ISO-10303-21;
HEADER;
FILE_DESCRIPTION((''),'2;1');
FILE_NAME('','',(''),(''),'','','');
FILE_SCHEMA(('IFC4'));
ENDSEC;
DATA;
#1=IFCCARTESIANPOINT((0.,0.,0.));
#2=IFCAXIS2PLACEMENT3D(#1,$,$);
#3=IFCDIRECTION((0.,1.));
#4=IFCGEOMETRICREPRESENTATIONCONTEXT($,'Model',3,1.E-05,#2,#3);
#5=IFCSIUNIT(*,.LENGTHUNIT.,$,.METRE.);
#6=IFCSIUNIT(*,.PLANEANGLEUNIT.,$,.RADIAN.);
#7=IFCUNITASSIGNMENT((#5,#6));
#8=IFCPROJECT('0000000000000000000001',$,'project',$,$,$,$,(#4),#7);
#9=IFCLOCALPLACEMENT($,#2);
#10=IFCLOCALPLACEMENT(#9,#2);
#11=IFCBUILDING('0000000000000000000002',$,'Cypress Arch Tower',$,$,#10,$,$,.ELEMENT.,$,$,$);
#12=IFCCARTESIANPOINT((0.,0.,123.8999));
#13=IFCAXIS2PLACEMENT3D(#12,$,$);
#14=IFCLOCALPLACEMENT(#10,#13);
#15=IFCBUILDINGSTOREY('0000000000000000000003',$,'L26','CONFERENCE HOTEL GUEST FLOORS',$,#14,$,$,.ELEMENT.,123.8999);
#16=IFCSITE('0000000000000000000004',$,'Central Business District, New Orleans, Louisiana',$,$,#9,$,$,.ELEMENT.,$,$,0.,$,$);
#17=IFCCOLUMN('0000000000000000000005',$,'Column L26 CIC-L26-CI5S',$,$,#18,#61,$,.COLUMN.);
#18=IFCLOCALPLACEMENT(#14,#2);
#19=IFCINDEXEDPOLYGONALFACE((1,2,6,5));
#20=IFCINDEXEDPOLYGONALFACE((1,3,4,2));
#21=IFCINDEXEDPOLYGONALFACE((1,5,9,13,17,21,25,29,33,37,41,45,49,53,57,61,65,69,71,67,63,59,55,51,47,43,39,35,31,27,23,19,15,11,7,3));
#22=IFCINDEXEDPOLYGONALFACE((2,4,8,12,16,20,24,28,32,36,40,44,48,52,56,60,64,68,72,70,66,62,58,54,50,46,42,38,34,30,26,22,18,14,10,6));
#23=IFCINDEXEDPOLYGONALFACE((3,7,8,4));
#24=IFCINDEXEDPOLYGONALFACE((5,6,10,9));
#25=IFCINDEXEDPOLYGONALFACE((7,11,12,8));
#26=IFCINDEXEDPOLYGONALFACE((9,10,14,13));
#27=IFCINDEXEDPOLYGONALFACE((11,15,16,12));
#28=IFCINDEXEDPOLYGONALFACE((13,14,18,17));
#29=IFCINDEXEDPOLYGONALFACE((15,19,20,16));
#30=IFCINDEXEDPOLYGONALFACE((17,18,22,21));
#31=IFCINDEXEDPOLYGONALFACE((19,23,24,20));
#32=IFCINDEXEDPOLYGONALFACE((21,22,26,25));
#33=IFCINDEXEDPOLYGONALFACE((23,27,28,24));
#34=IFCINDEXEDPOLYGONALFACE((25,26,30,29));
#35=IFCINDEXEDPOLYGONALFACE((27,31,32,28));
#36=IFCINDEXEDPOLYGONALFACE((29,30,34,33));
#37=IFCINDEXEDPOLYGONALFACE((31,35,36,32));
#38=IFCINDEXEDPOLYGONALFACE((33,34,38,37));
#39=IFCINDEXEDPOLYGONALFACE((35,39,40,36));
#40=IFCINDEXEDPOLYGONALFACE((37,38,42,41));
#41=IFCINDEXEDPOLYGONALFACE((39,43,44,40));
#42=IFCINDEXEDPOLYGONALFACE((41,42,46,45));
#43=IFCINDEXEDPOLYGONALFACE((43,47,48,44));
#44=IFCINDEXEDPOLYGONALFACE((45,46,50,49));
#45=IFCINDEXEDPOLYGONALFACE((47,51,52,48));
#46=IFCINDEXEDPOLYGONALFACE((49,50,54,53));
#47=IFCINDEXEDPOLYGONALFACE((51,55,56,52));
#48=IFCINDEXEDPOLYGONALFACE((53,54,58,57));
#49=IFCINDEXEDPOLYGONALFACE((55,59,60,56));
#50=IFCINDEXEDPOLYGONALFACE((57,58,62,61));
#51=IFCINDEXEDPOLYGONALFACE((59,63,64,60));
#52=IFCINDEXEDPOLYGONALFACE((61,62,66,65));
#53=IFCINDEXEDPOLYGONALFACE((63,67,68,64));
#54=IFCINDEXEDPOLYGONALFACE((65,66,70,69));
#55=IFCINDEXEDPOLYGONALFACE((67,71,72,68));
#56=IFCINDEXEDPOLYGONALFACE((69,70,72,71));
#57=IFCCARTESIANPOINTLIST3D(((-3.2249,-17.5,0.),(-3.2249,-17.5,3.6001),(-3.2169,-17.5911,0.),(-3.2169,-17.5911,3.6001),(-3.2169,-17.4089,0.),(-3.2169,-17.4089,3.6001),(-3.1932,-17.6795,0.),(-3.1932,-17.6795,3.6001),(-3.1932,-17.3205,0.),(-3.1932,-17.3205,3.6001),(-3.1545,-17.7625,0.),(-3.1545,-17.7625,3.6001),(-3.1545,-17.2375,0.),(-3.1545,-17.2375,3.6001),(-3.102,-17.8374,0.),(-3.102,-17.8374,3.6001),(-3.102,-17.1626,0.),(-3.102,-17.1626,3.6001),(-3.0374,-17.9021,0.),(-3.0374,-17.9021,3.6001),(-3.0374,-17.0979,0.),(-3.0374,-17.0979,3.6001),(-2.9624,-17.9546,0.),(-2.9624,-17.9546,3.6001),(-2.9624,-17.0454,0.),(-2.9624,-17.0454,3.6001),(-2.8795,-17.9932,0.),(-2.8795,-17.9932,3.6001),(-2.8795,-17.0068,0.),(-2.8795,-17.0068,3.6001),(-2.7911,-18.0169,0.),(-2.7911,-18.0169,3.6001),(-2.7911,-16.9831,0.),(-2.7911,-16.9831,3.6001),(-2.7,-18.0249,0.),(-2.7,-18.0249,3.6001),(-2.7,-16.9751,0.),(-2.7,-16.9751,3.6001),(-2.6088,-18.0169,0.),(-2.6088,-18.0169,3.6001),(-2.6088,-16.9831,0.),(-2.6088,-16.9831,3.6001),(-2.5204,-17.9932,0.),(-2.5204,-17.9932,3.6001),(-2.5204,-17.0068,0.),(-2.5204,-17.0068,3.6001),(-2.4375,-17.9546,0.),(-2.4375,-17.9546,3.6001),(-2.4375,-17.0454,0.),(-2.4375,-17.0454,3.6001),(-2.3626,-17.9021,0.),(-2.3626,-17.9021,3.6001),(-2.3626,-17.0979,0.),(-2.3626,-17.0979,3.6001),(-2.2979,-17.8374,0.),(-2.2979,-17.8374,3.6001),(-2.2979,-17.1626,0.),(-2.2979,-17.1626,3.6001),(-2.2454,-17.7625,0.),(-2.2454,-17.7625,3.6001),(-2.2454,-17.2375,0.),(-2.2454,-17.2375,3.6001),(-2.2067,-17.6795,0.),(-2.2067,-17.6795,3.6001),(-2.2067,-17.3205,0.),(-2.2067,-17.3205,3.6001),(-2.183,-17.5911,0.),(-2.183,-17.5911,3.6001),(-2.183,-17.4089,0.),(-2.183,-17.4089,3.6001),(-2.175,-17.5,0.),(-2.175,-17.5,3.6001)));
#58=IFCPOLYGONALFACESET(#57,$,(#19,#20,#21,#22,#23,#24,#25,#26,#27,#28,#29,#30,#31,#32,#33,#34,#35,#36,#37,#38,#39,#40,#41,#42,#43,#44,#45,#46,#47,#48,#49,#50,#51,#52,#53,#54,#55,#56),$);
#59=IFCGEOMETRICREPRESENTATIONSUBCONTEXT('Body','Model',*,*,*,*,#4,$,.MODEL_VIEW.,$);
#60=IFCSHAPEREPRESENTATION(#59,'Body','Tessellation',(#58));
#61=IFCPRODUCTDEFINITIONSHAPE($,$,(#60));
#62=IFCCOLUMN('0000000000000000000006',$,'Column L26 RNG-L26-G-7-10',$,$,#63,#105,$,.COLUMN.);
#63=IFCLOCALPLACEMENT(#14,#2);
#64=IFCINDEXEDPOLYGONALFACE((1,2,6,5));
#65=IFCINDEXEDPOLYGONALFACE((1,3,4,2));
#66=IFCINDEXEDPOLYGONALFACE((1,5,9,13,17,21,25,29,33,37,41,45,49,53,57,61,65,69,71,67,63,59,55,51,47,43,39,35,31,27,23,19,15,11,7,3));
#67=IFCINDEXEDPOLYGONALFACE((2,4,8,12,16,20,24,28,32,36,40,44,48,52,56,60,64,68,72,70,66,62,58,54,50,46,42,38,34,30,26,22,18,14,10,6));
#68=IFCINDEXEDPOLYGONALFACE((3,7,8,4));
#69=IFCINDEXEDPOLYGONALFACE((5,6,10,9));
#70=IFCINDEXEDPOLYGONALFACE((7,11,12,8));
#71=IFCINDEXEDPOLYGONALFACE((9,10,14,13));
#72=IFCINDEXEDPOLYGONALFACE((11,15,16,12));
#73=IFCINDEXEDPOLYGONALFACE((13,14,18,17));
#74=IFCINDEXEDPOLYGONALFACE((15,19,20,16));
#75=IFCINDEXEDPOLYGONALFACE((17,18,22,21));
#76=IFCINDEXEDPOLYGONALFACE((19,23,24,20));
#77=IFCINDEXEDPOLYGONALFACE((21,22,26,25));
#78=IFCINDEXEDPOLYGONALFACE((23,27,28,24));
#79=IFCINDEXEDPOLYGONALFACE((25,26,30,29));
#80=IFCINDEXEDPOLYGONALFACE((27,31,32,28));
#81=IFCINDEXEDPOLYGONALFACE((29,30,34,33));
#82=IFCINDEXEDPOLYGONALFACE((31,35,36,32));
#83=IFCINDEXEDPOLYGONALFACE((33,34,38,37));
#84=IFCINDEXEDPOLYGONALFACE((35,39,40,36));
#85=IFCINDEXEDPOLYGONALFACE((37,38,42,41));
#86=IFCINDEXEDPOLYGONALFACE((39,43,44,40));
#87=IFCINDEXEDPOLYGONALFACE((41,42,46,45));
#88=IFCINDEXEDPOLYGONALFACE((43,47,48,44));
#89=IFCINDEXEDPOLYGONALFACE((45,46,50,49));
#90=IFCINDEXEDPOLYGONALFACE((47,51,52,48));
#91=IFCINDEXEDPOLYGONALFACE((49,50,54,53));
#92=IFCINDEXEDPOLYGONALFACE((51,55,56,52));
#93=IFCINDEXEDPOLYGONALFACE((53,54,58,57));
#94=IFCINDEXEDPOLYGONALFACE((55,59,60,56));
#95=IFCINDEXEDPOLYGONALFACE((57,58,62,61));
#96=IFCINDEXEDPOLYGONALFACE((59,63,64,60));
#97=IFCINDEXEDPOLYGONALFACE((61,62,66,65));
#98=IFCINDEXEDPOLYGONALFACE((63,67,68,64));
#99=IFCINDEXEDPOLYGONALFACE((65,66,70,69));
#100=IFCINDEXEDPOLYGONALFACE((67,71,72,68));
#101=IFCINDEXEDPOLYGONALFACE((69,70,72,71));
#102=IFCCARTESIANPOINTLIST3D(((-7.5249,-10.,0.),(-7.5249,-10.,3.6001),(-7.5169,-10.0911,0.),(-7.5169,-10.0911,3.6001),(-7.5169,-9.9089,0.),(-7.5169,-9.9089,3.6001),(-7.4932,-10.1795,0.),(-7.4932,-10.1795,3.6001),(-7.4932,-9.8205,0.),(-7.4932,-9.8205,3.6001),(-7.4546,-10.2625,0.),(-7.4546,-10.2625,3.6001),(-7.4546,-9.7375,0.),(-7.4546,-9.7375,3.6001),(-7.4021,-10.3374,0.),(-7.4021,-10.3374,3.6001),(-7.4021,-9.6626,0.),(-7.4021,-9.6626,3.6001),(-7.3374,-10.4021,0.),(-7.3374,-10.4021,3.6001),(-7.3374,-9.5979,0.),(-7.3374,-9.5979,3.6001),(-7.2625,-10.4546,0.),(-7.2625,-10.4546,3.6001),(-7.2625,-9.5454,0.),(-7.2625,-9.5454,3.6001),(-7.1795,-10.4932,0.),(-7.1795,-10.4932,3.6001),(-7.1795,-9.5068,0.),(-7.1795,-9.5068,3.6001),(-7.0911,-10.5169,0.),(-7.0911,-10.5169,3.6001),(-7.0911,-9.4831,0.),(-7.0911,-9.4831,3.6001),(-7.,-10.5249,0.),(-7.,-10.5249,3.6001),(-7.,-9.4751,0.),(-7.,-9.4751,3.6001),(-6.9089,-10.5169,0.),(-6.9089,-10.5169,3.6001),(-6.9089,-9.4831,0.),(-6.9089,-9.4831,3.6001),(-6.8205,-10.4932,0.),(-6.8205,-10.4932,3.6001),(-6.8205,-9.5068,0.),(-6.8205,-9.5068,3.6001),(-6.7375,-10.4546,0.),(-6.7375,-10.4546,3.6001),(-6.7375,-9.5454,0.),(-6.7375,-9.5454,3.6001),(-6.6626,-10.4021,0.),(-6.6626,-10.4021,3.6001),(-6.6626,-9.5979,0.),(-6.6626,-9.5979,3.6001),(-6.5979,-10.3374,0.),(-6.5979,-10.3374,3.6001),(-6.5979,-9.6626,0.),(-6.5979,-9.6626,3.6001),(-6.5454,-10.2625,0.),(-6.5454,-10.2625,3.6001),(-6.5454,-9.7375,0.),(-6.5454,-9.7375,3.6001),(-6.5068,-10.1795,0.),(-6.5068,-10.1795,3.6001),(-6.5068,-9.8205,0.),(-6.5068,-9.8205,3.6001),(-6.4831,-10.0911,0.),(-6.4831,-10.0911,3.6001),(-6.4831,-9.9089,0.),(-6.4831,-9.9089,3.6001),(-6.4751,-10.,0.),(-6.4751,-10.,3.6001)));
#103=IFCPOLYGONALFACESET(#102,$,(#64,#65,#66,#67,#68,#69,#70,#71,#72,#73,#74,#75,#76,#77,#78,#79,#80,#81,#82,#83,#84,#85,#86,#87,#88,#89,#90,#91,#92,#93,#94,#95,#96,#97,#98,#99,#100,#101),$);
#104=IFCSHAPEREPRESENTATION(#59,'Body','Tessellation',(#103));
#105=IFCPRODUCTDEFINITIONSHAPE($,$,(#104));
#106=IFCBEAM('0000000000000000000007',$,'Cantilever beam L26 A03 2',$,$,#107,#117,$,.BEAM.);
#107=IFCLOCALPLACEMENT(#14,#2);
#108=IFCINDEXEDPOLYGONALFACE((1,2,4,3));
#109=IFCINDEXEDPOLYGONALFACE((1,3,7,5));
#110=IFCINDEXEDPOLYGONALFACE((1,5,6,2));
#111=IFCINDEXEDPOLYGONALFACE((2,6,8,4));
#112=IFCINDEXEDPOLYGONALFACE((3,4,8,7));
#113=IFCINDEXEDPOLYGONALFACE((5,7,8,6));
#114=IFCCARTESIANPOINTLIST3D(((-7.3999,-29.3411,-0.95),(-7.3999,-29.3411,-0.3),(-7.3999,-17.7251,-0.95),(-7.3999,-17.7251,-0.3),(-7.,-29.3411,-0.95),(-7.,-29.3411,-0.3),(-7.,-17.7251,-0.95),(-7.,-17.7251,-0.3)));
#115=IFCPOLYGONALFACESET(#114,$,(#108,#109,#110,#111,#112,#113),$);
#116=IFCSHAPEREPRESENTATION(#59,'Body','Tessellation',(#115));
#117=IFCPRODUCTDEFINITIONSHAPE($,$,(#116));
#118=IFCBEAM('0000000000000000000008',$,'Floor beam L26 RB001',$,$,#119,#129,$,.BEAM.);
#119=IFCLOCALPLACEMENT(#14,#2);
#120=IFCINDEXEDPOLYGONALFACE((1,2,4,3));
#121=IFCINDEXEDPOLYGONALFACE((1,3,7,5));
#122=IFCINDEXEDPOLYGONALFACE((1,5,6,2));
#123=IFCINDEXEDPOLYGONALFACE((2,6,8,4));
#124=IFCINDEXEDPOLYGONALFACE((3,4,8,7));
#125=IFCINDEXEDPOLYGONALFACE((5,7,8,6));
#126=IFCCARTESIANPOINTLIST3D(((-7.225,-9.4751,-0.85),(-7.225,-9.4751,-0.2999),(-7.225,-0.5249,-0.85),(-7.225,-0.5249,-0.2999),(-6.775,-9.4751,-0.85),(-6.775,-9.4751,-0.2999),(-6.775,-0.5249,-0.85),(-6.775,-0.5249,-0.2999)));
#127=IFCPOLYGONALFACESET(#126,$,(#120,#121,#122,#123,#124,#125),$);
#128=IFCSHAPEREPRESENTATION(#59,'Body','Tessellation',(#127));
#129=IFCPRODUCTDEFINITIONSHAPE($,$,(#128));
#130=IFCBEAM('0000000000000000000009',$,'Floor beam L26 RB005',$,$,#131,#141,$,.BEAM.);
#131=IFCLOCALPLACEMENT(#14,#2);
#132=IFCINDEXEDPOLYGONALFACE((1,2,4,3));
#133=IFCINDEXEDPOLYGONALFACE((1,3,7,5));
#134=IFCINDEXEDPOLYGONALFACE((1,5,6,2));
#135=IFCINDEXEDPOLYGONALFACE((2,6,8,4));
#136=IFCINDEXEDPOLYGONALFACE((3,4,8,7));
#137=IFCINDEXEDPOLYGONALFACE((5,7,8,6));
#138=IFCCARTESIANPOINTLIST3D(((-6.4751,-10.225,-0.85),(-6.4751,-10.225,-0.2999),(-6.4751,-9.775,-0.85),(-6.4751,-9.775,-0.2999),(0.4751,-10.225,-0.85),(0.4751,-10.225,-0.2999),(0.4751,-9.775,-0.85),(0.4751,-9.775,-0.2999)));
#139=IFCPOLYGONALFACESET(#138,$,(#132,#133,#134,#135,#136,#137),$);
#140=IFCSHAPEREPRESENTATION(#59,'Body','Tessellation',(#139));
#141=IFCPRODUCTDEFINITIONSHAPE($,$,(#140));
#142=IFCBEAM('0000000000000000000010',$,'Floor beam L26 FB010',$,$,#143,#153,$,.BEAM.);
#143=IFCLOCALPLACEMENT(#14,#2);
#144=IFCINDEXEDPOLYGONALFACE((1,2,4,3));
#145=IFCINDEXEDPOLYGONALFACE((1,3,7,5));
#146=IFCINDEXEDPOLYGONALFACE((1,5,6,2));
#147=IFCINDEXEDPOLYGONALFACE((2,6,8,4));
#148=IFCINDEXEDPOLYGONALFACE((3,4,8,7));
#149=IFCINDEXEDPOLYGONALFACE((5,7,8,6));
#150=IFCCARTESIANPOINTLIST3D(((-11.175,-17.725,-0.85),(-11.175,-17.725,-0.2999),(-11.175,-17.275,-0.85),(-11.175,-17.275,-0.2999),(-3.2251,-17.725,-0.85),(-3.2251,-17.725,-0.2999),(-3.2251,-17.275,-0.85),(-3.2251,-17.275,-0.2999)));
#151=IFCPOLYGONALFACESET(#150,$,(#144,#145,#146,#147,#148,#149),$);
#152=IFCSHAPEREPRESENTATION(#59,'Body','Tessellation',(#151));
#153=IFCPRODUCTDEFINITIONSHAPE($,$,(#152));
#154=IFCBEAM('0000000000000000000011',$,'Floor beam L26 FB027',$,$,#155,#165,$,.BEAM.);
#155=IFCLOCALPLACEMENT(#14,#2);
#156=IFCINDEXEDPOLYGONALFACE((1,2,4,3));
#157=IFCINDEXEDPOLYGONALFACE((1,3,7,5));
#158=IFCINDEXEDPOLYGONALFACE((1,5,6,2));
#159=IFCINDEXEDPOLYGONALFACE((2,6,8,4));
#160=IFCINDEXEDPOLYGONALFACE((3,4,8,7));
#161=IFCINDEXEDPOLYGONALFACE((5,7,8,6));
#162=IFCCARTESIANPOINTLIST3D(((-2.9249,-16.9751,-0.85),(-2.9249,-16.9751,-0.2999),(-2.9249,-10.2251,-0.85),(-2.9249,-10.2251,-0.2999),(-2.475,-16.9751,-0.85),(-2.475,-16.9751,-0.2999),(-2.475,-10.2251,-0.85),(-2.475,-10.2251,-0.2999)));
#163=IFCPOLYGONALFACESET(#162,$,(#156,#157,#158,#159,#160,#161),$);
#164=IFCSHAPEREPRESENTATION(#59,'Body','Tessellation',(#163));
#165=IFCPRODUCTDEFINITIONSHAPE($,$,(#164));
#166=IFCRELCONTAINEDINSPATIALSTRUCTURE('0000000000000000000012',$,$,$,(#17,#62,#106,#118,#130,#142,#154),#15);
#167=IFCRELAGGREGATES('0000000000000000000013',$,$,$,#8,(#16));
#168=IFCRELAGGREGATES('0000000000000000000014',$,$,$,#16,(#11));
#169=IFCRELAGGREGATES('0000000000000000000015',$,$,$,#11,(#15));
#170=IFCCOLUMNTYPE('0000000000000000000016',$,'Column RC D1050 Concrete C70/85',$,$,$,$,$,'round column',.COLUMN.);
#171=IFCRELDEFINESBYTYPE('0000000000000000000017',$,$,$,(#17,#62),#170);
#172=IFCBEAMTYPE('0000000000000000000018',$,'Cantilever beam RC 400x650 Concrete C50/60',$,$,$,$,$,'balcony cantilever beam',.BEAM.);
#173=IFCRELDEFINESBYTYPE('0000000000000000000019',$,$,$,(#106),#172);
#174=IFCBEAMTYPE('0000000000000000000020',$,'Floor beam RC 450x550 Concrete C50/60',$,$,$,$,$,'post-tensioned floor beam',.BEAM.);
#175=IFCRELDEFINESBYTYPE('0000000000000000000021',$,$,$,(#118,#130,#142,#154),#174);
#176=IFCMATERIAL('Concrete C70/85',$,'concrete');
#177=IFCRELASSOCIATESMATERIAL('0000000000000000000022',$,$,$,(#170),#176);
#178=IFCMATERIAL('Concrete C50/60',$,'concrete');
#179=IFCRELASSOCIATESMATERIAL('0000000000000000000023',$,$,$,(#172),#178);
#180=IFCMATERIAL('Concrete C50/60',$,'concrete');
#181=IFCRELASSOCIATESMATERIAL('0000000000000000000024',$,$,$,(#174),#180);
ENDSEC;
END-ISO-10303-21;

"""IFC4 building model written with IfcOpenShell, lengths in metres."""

from ifc_helpers import new_model, si_unit, direction, frame, origin, origin_2d, place, context, subcontext, project, spatial, rectangle, circle, extrude, material, material_profile, profile_set, type_object, element, save


model = new_model("IFC4")

# Units and contexts
model_context = context("Model", 3, precision=1e-05, world=origin(), true_north=direction((0.0, 1.0)))
body_context = subcontext(model_context, "Body", "Model", "MODEL_VIEW")
ifc_project = project(units=[si_unit("LENGTHUNIT", "METRE"), si_unit("PLANEANGLEUNIT", "RADIAN")], contexts=[model_context])

# Site, building, storey
site_placement = place(None, origin())
site = spatial("IfcSite", under=ifc_project, at=site_placement, Name="Central Business District, New Orleans, Louisiana", CompositionType="ELEMENT", RefElevation=0.0)
building_placement = place(site_placement, origin())
building = spatial("IfcBuilding", under=site, at=building_placement, Name="Cypress Arch Tower", CompositionType="ELEMENT")
storey_placement = place(building_placement, frame((0.0, 0.0, 123.8999)))
storey = spatial("IfcBuildingStorey", under=building, at=storey_placement, Name="L26", Description="CONFERENCE HOTEL GUEST FLOORS", CompositionType="ELEMENT", Elevation=123.8999)

# Columns
ifc_material_1 = material(Name="Concrete C70/85", Category="concrete")
ifc_material_profile_1 = material_profile(ifc_material_1, circle(Radius=0.5249, at=origin_2d()), Name="RC D1050")
ifc_profile_set_1 = profile_set([ifc_material_profile_1], Name="Concrete C70/85")
column_type = type_object("IfcColumnType", Name="Column RC D1050 Concrete C70/85", ElementType="round column", PredefinedType="COLUMN", material=ifc_profile_set_1)
for number, where, z_axis, x_axis, name in (
    (1, (-2.7, -17.5, 0.0), (0.0, 0.0, 1.0), (1.0, 0.0, 0.0), "Column L26 CIC-L26-CI5S"),
    (2, (-7.0, -10.0, 0.0), (0.0, 0.0, 1.0), (1.0, 0.0, 0.0), "Column L26 RNG-L26-G-7-10"),
):
    element("IfcColumn", number, at=place(storey_placement, frame(where, z_axis=z_axis, x_axis=x_axis)), inside=storey, type_object=column_type, Name=name, PredefinedType="COLUMN", context=body_context, shape_type="SweptSolid", body=[
        extrude(circle(Radius=0.5249, at=origin_2d()), origin(), (0.0, 0.0, 1.0), 3.6001),
    ])

# Beams
ifc_material_2 = material(Name="Concrete C50/60", Category="concrete")
ifc_material_profile_2 = material_profile(ifc_material_2, rectangle(XDim=0.3999, YDim=0.6499, at=origin_2d()), Name="RC 400x650")
ifc_profile_set_2 = profile_set([ifc_material_profile_2], Name="Concrete C50/60")
beam_type_1 = type_object("IfcBeamType", Name="Cantilever beam RC 400x650 Concrete C50/60", ElementType="balcony cantilever beam", PredefinedType="BEAM", material=ifc_profile_set_2)
beam_1_placement = place(storey_placement, frame((-7.2, -17.7251, -0.625), z_axis=(0.0, -1.0, 0.0), x_axis=(1.0, 0.0, 0.0)))
element("IfcBeam", 3, at=beam_1_placement, inside=storey, type_object=beam_type_1, Name="Cantilever beam L26 A03 2", PredefinedType="BEAM", context=body_context, shape_type="SweptSolid", body=[
    extrude(rectangle(XDim=0.3999, YDim=0.6499, at=origin_2d()), origin(), (0.0, 0.0, 1.0), 11.616),
])
ifc_material_3 = material(Name="Concrete C50/60", Category="concrete")
ifc_material_profile_3 = material_profile(ifc_material_3, rectangle(XDim=0.45, YDim=0.55, at=origin_2d()), Name="RC 450x550")
ifc_profile_set_3 = profile_set([ifc_material_profile_3], Name="Concrete C50/60")
beam_type_2 = type_object("IfcBeamType", Name="Floor beam RC 450x550 Concrete C50/60", ElementType="post-tensioned floor beam", PredefinedType="BEAM", material=ifc_profile_set_3)
beam_2_placement = place(storey_placement, frame((-7.0, -9.4751, -0.575), z_axis=(0.0, 1.0, 0.0), x_axis=(-1.0, 0.0, 0.0)))
element("IfcBeam", 4, at=beam_2_placement, inside=storey, type_object=beam_type_2, Name="Floor beam L26 RB001", PredefinedType="BEAM", context=body_context, shape_type="SweptSolid", body=[
    extrude(rectangle(XDim=0.45, YDim=0.55, at=origin_2d()), origin(), (0.0, 0.0, 1.0), 8.9502),
])
beam_3_placement = place(storey_placement, frame((-6.4751, -10.0, -0.575), z_axis=(1.0, 0.0, 0.0), x_axis=(0.0, 1.0, 0.0)))
element("IfcBeam", 5, at=beam_3_placement, inside=storey, type_object=beam_type_2, Name="Floor beam L26 RB005", PredefinedType="BEAM", context=body_context, shape_type="SweptSolid", body=[
    extrude(rectangle(XDim=0.45, YDim=0.55, at=origin_2d()), origin(), (0.0, 0.0, 1.0), 6.9502),
])
beam_4_placement = place(storey_placement, frame((-11.175, -17.5, -0.575), z_axis=(1.0, 0.0, 0.0), x_axis=(0.0, 1.0, 0.0)))
element("IfcBeam", 6, at=beam_4_placement, inside=storey, type_object=beam_type_2, Name="Floor beam L26 FB010", PredefinedType="BEAM", context=body_context, shape_type="SweptSolid", body=[
    extrude(rectangle(XDim=0.45, YDim=0.55, at=origin_2d()), origin(), (0.0, 0.0, 1.0), 7.95),
])
beam_5_placement = place(storey_placement, frame((-2.7, -16.9751, -0.575), z_axis=(0.0, 1.0, 0.0), x_axis=(-1.0, 0.0, 0.0)))
element("IfcBeam", 7, at=beam_5_placement, inside=storey, type_object=beam_type_2, Name="Floor beam L26 FB027", PredefinedType="BEAM", context=body_context, shape_type="SweptSolid", body=[
    extrude(rectangle(XDim=0.45, YDim=0.55, at=origin_2d()), origin(), (0.0, 0.0, 1.0), 6.75),
])

save(model, "model.ifc")
